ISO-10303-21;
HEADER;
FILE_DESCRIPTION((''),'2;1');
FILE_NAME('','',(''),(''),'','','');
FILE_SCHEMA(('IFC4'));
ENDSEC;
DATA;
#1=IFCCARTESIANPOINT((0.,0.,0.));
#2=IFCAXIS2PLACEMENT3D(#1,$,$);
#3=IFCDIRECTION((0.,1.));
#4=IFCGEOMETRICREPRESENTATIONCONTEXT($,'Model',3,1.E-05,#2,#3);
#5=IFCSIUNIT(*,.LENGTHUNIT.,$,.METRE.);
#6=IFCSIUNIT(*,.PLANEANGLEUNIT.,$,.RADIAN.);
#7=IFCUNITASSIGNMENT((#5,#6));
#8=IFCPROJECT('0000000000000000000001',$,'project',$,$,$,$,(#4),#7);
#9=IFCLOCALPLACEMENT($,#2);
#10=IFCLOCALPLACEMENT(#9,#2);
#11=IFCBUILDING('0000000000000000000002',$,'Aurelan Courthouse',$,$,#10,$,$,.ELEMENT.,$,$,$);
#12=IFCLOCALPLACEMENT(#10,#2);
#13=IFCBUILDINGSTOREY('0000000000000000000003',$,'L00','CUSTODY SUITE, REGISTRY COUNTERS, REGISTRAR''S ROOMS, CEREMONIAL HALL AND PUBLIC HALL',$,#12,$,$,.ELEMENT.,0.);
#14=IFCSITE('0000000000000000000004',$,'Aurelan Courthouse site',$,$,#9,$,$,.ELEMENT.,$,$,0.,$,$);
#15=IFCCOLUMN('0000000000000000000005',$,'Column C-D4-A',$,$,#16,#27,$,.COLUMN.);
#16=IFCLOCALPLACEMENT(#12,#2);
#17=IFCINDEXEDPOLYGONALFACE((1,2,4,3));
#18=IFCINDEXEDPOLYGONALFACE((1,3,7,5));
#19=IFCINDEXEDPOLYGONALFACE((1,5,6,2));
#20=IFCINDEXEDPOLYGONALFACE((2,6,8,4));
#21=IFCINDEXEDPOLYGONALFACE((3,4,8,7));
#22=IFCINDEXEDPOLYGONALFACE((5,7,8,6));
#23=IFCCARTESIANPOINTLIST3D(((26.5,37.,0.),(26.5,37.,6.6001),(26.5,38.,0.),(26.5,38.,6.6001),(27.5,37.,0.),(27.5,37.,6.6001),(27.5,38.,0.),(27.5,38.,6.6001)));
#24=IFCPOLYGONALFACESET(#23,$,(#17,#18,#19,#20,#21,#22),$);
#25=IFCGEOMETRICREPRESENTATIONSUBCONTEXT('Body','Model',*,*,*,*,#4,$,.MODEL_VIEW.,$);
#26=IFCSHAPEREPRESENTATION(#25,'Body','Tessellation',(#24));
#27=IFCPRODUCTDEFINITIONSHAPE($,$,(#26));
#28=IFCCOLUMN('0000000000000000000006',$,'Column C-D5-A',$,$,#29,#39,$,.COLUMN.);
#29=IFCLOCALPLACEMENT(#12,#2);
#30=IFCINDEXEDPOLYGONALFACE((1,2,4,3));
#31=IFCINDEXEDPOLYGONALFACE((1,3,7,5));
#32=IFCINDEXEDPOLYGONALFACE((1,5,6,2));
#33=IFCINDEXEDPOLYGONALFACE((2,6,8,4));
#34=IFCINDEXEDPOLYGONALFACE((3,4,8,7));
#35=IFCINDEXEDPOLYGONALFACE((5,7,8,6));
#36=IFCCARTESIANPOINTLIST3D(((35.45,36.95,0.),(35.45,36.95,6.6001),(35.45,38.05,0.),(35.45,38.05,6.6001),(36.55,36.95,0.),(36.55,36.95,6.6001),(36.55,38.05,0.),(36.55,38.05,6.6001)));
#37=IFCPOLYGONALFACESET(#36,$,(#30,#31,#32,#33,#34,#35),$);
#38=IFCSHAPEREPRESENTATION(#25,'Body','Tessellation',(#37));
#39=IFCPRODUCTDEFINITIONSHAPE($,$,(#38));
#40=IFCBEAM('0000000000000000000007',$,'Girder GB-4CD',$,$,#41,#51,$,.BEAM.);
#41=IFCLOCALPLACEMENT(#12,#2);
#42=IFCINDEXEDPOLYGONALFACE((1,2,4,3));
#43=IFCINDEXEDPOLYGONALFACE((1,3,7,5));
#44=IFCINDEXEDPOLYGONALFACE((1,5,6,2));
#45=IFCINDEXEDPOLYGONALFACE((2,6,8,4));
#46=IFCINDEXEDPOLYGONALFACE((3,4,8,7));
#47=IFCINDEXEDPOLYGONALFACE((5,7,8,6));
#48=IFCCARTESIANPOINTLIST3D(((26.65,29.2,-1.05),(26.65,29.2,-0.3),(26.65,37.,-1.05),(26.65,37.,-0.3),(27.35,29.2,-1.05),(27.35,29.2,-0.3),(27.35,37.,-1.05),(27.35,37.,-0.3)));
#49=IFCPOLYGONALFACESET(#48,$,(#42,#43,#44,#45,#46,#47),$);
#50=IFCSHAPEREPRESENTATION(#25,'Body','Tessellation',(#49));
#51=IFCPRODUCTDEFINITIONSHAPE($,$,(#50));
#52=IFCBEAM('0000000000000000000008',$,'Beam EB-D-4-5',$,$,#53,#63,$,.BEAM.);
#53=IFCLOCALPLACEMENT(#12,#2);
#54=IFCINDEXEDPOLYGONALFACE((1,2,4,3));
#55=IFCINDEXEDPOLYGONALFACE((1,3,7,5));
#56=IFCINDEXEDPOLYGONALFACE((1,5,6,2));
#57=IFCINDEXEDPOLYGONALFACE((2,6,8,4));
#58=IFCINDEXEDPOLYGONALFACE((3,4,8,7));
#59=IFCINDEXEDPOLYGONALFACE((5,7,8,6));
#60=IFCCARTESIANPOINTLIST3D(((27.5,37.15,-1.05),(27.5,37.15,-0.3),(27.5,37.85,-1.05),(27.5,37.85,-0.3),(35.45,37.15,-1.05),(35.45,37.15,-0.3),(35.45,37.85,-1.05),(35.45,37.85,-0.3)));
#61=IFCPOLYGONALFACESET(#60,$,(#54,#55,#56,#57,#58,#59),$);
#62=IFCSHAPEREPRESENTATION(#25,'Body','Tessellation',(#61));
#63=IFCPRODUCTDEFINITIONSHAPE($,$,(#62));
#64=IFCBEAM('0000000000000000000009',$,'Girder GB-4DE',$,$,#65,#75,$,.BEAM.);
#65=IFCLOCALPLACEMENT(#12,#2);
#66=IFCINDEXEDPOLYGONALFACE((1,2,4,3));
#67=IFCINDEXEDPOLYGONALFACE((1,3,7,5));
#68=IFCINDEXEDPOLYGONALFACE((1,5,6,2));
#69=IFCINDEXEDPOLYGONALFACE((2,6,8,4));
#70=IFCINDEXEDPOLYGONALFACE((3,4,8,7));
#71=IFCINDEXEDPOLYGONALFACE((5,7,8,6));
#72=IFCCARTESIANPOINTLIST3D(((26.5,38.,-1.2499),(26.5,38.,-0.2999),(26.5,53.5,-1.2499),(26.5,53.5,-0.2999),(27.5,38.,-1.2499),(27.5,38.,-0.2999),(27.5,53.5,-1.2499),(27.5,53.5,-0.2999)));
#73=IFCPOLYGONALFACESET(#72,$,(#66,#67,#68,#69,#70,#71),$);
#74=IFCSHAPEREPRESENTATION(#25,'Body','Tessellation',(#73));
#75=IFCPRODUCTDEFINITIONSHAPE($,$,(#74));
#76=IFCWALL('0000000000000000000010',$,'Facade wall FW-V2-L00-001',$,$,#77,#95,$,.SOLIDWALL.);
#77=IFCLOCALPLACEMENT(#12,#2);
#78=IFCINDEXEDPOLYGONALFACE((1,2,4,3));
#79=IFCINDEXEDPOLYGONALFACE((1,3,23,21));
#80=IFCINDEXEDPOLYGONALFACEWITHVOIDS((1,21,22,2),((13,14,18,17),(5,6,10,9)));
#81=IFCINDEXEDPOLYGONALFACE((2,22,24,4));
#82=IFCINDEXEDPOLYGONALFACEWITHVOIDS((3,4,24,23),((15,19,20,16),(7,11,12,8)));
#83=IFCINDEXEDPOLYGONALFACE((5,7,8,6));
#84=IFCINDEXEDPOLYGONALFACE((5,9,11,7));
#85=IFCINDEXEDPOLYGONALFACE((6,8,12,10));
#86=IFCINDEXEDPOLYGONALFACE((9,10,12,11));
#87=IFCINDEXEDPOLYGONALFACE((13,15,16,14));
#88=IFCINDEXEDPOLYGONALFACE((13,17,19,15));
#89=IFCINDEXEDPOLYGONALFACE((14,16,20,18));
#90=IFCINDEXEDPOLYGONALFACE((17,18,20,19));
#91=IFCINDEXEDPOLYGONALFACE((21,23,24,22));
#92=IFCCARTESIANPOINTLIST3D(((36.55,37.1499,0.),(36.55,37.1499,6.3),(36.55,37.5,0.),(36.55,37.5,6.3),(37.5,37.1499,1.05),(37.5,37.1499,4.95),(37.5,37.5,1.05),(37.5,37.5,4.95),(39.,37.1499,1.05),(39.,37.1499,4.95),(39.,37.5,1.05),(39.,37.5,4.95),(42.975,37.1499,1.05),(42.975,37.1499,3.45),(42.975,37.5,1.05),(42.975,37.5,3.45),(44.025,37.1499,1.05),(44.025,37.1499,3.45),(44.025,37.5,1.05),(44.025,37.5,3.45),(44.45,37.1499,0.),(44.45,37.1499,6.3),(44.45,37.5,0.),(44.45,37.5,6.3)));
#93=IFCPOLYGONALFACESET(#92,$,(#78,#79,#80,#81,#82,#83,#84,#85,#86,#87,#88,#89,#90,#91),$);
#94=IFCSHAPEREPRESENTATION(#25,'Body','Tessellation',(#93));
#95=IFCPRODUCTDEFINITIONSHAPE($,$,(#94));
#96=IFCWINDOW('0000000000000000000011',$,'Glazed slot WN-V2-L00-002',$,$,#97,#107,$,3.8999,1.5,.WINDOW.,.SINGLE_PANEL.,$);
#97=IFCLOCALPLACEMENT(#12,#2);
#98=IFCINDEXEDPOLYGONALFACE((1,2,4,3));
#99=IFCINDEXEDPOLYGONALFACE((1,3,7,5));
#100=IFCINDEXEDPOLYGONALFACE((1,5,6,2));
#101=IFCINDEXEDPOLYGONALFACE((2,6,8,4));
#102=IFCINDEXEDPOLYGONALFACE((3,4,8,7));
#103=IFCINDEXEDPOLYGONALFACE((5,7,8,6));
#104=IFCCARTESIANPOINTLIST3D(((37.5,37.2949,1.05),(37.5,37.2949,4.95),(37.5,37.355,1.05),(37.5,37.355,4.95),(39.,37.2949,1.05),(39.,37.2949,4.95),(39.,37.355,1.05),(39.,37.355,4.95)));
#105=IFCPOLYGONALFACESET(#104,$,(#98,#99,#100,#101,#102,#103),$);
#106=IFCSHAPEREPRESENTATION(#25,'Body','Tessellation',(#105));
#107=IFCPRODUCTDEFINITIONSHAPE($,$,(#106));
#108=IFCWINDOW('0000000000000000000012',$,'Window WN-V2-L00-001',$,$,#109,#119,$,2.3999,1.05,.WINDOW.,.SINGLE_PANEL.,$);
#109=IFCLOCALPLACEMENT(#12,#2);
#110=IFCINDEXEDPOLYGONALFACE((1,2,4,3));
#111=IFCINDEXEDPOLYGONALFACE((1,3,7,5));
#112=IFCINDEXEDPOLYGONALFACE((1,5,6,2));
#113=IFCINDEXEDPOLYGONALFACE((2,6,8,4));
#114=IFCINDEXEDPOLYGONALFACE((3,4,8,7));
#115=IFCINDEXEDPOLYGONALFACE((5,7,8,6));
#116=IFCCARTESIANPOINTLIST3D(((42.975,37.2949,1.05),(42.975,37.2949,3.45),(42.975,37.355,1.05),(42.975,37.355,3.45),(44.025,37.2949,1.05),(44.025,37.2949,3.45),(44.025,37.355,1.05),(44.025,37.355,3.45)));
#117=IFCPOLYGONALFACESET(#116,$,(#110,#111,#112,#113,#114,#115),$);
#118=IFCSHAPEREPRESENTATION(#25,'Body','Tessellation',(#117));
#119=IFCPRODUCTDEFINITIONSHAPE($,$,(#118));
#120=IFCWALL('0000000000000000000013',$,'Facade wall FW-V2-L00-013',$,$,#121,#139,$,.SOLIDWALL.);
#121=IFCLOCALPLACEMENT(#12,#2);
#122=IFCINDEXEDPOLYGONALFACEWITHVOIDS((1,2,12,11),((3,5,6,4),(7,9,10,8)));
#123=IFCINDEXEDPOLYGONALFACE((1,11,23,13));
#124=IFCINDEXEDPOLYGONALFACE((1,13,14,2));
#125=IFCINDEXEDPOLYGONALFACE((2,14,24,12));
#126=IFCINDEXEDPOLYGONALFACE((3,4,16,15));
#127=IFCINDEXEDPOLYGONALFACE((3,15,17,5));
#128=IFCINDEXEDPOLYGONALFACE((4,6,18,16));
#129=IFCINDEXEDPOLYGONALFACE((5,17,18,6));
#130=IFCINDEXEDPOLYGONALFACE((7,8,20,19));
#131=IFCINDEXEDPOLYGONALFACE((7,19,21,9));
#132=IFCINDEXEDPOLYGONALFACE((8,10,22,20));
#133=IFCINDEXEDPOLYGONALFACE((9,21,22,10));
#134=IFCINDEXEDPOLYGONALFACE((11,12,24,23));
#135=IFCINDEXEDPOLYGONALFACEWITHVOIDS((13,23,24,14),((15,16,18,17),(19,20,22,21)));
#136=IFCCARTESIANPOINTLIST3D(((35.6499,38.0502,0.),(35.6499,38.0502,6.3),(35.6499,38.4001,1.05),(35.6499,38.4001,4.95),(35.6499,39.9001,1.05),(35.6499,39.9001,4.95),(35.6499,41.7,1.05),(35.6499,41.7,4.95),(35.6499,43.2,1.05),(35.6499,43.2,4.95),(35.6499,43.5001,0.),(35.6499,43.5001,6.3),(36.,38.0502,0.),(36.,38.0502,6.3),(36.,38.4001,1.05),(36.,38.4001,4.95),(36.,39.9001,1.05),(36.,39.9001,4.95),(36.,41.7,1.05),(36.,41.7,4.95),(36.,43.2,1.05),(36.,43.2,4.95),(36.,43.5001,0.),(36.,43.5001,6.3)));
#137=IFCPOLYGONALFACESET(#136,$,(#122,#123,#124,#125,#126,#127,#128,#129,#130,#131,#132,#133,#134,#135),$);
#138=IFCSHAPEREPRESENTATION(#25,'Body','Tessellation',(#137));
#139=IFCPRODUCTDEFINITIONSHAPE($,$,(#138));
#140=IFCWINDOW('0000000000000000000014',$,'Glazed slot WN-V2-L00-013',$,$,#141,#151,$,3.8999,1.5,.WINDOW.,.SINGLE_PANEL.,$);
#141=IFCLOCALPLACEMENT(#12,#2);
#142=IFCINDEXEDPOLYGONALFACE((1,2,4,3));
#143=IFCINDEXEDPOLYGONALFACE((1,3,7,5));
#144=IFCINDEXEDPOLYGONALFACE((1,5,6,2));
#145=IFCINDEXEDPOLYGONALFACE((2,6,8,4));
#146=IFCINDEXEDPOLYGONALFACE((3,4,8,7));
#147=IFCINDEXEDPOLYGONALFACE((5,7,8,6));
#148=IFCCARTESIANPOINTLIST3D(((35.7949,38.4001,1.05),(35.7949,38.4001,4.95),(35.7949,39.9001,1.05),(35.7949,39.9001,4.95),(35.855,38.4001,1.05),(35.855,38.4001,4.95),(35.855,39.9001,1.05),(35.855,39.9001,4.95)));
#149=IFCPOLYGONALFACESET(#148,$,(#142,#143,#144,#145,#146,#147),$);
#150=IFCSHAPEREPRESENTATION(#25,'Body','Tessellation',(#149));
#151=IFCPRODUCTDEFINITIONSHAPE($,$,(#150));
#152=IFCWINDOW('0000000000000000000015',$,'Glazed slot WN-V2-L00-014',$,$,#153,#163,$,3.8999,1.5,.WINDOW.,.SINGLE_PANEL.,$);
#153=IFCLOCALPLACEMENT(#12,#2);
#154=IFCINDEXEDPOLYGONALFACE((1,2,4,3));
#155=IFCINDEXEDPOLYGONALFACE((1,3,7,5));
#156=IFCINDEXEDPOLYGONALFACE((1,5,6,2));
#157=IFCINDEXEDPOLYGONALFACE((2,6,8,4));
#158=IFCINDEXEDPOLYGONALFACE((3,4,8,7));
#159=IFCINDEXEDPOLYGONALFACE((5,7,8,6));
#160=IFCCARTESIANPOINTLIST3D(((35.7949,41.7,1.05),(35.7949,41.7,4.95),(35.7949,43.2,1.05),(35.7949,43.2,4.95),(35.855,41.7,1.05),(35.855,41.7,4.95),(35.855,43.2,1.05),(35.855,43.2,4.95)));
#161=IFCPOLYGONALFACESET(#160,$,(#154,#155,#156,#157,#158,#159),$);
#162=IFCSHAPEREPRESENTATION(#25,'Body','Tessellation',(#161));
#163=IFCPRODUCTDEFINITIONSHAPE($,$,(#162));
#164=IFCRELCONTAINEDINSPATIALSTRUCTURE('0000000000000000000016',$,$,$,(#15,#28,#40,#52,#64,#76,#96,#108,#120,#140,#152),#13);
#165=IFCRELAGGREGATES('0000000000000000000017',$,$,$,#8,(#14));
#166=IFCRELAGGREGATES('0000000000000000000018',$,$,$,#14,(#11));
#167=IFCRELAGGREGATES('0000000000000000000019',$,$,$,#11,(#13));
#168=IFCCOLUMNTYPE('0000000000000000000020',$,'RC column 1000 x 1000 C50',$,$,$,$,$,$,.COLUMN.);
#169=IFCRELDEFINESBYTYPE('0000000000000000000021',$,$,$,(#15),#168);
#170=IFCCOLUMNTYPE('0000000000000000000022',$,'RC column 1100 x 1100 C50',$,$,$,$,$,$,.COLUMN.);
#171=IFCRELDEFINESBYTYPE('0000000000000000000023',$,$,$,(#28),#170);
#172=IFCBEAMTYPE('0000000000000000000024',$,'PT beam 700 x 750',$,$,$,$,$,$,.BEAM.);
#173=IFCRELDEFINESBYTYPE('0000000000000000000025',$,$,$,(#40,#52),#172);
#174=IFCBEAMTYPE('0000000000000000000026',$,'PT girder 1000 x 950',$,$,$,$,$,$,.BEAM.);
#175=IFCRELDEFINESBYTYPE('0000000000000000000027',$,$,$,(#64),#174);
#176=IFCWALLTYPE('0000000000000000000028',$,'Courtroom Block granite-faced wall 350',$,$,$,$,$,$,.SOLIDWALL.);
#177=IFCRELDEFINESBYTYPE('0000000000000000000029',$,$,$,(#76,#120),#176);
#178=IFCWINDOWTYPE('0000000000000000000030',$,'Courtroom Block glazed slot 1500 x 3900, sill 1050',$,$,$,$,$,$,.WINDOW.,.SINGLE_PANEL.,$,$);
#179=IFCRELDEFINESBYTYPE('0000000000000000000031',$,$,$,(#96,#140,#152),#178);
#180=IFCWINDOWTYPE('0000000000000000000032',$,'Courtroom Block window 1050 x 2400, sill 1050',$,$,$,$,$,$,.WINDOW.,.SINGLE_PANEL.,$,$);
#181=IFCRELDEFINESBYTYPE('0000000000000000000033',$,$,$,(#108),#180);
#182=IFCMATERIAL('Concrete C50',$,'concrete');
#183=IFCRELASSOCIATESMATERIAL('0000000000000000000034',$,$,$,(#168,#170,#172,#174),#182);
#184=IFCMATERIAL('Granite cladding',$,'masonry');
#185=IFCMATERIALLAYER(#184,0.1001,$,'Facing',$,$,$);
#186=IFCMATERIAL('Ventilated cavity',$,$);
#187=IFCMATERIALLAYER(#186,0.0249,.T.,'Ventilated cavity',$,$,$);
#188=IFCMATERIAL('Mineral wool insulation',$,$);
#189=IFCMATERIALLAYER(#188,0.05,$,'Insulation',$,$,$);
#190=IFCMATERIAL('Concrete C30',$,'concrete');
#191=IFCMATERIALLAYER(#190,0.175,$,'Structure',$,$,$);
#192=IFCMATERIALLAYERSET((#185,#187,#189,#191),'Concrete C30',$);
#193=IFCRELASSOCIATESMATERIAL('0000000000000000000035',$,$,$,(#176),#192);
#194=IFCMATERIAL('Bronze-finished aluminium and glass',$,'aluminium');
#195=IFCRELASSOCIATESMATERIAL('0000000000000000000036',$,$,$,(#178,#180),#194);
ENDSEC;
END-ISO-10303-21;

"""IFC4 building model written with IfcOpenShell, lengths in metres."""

from ifc_helpers import new_model, si_unit, direction, frame, frame_2d, origin, origin_2d, place, context, subcontext, project, spatial, rectangle, extrude, material, layer, layer_set, material_profile, profile_set, type_object, element, fill, save


model = new_model("IFC4")

# Units and contexts
model_context = context("Model", 3, precision=1e-05, world=origin(), true_north=direction((0.0, 1.0)))
body_context = subcontext(model_context, "Body", "Model", "MODEL_VIEW")
ifc_project = project(units=[si_unit("LENGTHUNIT", "METRE"), si_unit("PLANEANGLEUNIT", "RADIAN")], contexts=[model_context])

# Site, building, storey
site_placement = place(None, origin())
site = spatial("IfcSite", under=ifc_project, at=site_placement, Name="Aurelan Courthouse site", CompositionType="ELEMENT", RefElevation=0.0)
building_placement = place(site_placement, origin())
building = spatial("IfcBuilding", under=site, at=building_placement, Name="Aurelan Courthouse", CompositionType="ELEMENT")
storey_placement = place(building_placement, origin())
storey = spatial("IfcBuildingStorey", under=building, at=storey_placement, Name="L00", Description="CUSTODY SUITE, REGISTRY COUNTERS, REGISTRAR'S ROOMS, CEREMONIAL HALL AND PUBLIC HALL", CompositionType="ELEMENT", Elevation=0.0)

# Columns
ifc_material_1 = material(Name="Concrete C50", Category="concrete")
ifc_material_profile_1 = material_profile(ifc_material_1, rectangle(XDim=1.0, YDim=1.0, at=origin_2d()), Name="RC 1000 x 1000")
ifc_profile_set_1 = profile_set([ifc_material_profile_1], Name="Concrete C50")
column_type_1 = type_object("IfcColumnType", Name="RC column 1000 x 1000 C50", PredefinedType="COLUMN", material=ifc_profile_set_1)
column_1_placement = place(storey_placement, frame((27.0, 37.5, 0.0), z_axis=(0.0, 0.0, 1.0), x_axis=(1.0, 0.0, 0.0)))
element("IfcColumn", 1, at=column_1_placement, inside=storey, type_object=column_type_1, Name="Column C-D4-A", PredefinedType="COLUMN", context=body_context, shape_type="SweptSolid", body=[
    extrude(rectangle(XDim=1.0, YDim=1.0, at=origin_2d()), origin(), (0.0, 0.0, 1.0), 6.6001),
])
ifc_material_profile_2 = material_profile(ifc_material_1, rectangle(XDim=1.1001, YDim=1.1001, at=origin_2d()), Name="RC 1100 x 1100")
ifc_profile_set_2 = profile_set([ifc_material_profile_2], Name="Concrete C50")
column_type_2 = type_object("IfcColumnType", Name="RC column 1100 x 1100 C50", PredefinedType="COLUMN", material=ifc_profile_set_2)
column_2_placement = place(storey_placement, frame((36.0, 37.5, 0.0), z_axis=(0.0, 0.0, 1.0), x_axis=(1.0, 0.0, 0.0)))
element("IfcColumn", 2, at=column_2_placement, inside=storey, type_object=column_type_2, Name="Column C-D5-A", PredefinedType="COLUMN", context=body_context, shape_type="SweptSolid", body=[
    extrude(rectangle(XDim=1.1001, YDim=1.1001, at=origin_2d()), origin(), (0.0, 0.0, 1.0), 6.6001),
])

# Beams
ifc_material_profile_3 = material_profile(ifc_material_1, rectangle(XDim=0.7, YDim=0.75, at=origin_2d()), Name="RC 700 x 750")
ifc_profile_set_3 = profile_set([ifc_material_profile_3], Name="Concrete C50")
beam_type_1 = type_object("IfcBeamType", Name="PT beam 700 x 750", PredefinedType="BEAM", material=ifc_profile_set_3)
beam_1_placement = place(storey_placement, frame((27.0, 29.2, -0.675), z_axis=(0.0, 1.0, 0.0), x_axis=(-1.0, 0.0, 0.0)))
element("IfcBeam", 3, at=beam_1_placement, inside=storey, type_object=beam_type_1, Name="Girder GB-4CD", PredefinedType="BEAM", context=body_context, shape_type="SweptSolid", body=[
    extrude(rectangle(XDim=0.7, YDim=0.75, at=origin_2d()), origin(), (0.0, 0.0, 1.0), 7.8),
])
beam_2_placement = place(storey_placement, frame((27.5, 37.5, -0.675), z_axis=(1.0, 0.0, 0.0), x_axis=(0.0, 1.0, 0.0)))
element("IfcBeam", 4, at=beam_2_placement, inside=storey, type_object=beam_type_1, Name="Beam EB-D-4-5", PredefinedType="BEAM", context=body_context, shape_type="SweptSolid", body=[
    extrude(rectangle(XDim=0.7, YDim=0.75, at=origin_2d()), origin(), (0.0, 0.0, 1.0), 7.95),
])
ifc_material_profile_4 = material_profile(ifc_material_1, rectangle(XDim=1.0, YDim=0.95, at=origin_2d()), Name="RC 1000 x 950")
ifc_profile_set_4 = profile_set([ifc_material_profile_4], Name="Concrete C50")
beam_type_2 = type_object("IfcBeamType", Name="PT girder 1000 x 950", PredefinedType="BEAM", material=ifc_profile_set_4)
beam_3_placement = place(storey_placement, frame((27.0, 38.0, -0.7749), z_axis=(0.0, 1.0, 0.0), x_axis=(-1.0, 0.0, 0.0)))
element("IfcBeam", 5, at=beam_3_placement, inside=storey, type_object=beam_type_2, Name="Girder GB-4DE", PredefinedType="BEAM", context=body_context, shape_type="SweptSolid", body=[
    extrude(rectangle(XDim=1.0, YDim=0.95, at=origin_2d()), origin(), (0.0, 0.0, 1.0), 15.5),
])

# Walls, openings, windows
ifc_material_2 = material(Name="Granite cladding", Category="masonry")
ifc_layer_1 = layer(ifc_material_2, 0.1001, Name="Facing")
ifc_material_3 = material(Name="Ventilated cavity")
ifc_layer_2 = layer(ifc_material_3, 0.0249, ventilated=True, Name="Ventilated cavity")
ifc_material_4 = material(Name="Mineral wool insulation")
ifc_layer_3 = layer(ifc_material_4, 0.05, Name="Insulation")
ifc_material_5 = material(Name="Concrete C30", Category="concrete")
ifc_layer_4 = layer(ifc_material_5, 0.175, Name="Structure")
ifc_layer_set_1 = layer_set([ifc_layer_1, ifc_layer_2, ifc_layer_3, ifc_layer_4], Name="Concrete C30")
wall_type_1 = type_object("IfcWallType", Name="Courtroom Block granite-faced wall 350", PredefinedType="SOLIDWALL", material=ifc_layer_set_1)
wall_1_placement = place(storey_placement, frame((36.55, 37.325, 0.0), z_axis=(0.0, 0.0, 1.0), x_axis=(1.0, 0.0, 0.0)))
wall_1 = element("IfcWall", 6, at=wall_1_placement, inside=storey, type_object=wall_type_1, Name="Facade wall FW-V2-L00-001", PredefinedType="SOLIDWALL", context=body_context, shape_type="SweptSolid", body=[
    extrude(rectangle(XDim=7.8999, YDim=0.3501, at=frame_2d((3.95, 0.0))), origin(), (0.0, 0.0, 1.0), 6.3),
])
opening_1_placement = place(wall_1_placement, frame((6.425, 0.0, 1.05)))
opening_1 = element("IfcOpeningElement", 7, at=opening_1_placement, cuts=wall_1, PredefinedType="OPENING", context=body_context, shape_type="SweptSolid", body=[
    extrude(rectangle(XDim=1.05, YDim=2.3999, at=frame_2d((0.5249, 1.2))), frame((0.0, 0.1851, 0.0), z_axis=(0.0, -1.0, 0.0), x_axis=(1.0, 0.0, 0.0)), (0.0, 0.0, 1.0), 0.3701),
])
opening_2_placement = place(wall_1_placement, frame((0.95, 0.0, 1.05)))
opening_2 = element("IfcOpeningElement", 8, at=opening_2_placement, cuts=wall_1, PredefinedType="OPENING", context=body_context, shape_type="SweptSolid", body=[
    extrude(rectangle(XDim=1.5, YDim=3.8999, at=frame_2d((0.75, 1.95))), frame((0.0, 0.1851, 0.0), z_axis=(0.0, -1.0, 0.0), x_axis=(1.0, 0.0, 0.0)), (0.0, 0.0, 1.0), 0.3701),
])
ifc_material_6 = material(Name="Bronze-finished aluminium and glass", Category="aluminium")
window_type_1 = type_object("IfcWindowType", Name="Courtroom Block glazed slot 1500 x 3900, sill 1050", PartitioningType="SINGLE_PANEL", PredefinedType="WINDOW", material=ifc_material_6)
window_1_placement = place(opening_2_placement, origin())
window_1 = element("IfcWindow", 9, at=window_1_placement, inside=storey, type_object=window_type_1, Name="Glazed slot WN-V2-L00-002", OverallHeight=3.8999, OverallWidth=1.5, PartitioningType="SINGLE_PANEL", PredefinedType="WINDOW", context=body_context, shape_type="SweptSolid", body=[
    extrude(rectangle(XDim=1.5, YDim=3.8999, at=frame_2d((0.75, 1.95))), frame((0.0, 0.03, 0.0), z_axis=(0.0, -1.0, 0.0), x_axis=(1.0, 0.0, 0.0)), (0.0, 0.0, 1.0), 0.0601),
])
fill(opening_2, window_1)
window_type_2 = type_object("IfcWindowType", Name="Courtroom Block window 1050 x 2400, sill 1050", PartitioningType="SINGLE_PANEL", PredefinedType="WINDOW", material=ifc_material_6)
window_2_placement = place(opening_1_placement, origin())
window_2 = element("IfcWindow", 10, at=window_2_placement, inside=storey, type_object=window_type_2, Name="Window WN-V2-L00-001", OverallHeight=2.3999, OverallWidth=1.05, PartitioningType="SINGLE_PANEL", PredefinedType="WINDOW", context=body_context, shape_type="SweptSolid", body=[
    extrude(rectangle(XDim=1.05, YDim=2.3999, at=frame_2d((0.5249, 1.2))), frame((0.0, 0.03, 0.0), z_axis=(0.0, -1.0, 0.0), x_axis=(1.0, 0.0, 0.0)), (0.0, 0.0, 1.0), 0.0601),
])
fill(opening_1, window_2)
wall_2_placement = place(storey_placement, frame((35.825, 38.05, 0.0), z_axis=(0.0, 0.0, 1.0), x_axis=(0.0, 1.0, 0.0)))
wall_2 = element("IfcWall", 11, at=wall_2_placement, inside=storey, type_object=wall_type_1, Name="Facade wall FW-V2-L00-013", PredefinedType="SOLIDWALL", context=body_context, shape_type="SweptSolid", body=[
    extrude(rectangle(XDim=5.45, YDim=0.3501, at=frame_2d((2.7251, 0.0))), origin(), (0.0, 0.0, 1.0), 6.3),
])
opening_3_placement = place(wall_2_placement, frame((0.3501, 0.0, 1.05)))
opening_3 = element("IfcOpeningElement", 12, at=opening_3_placement, cuts=wall_2, PredefinedType="OPENING", context=body_context, shape_type="SweptSolid", body=[
    extrude(rectangle(XDim=1.5, YDim=3.8999, at=frame_2d((0.75, 1.95))), frame((0.0, 0.1851, 0.0), z_axis=(0.0, -1.0, 0.0), x_axis=(1.0, 0.0, 0.0)), (0.0, 0.0, 1.0), 0.3701),
])
opening_4_placement = place(wall_2_placement, frame((3.6499, 0.0, 1.05)))
opening_4 = element("IfcOpeningElement", 13, at=opening_4_placement, cuts=wall_2, PredefinedType="OPENING", context=body_context, shape_type="SweptSolid", body=[
    extrude(rectangle(XDim=1.5, YDim=3.8999, at=frame_2d((0.75, 1.95))), frame((0.0, 0.1851, 0.0), z_axis=(0.0, -1.0, 0.0), x_axis=(1.0, 0.0, 0.0)), (0.0, 0.0, 1.0), 0.3701),
])
window_3_placement = place(opening_3_placement, origin())
window_3 = element("IfcWindow", 14, at=window_3_placement, inside=storey, type_object=window_type_1, Name="Glazed slot WN-V2-L00-013", OverallHeight=3.8999, OverallWidth=1.5, PartitioningType="SINGLE_PANEL", PredefinedType="WINDOW", context=body_context, shape_type="SweptSolid", body=[
    extrude(rectangle(XDim=1.5, YDim=3.8999, at=frame_2d((0.75, 1.95))), frame((0.0, 0.03, 0.0), z_axis=(0.0, -1.0, 0.0), x_axis=(1.0, 0.0, 0.0)), (0.0, 0.0, 1.0), 0.0601),
])
fill(opening_3, window_3)
window_4_placement = place(opening_4_placement, origin())
window_4 = element("IfcWindow", 15, at=window_4_placement, inside=storey, type_object=window_type_1, Name="Glazed slot WN-V2-L00-014", OverallHeight=3.8999, OverallWidth=1.5, PartitioningType="SINGLE_PANEL", PredefinedType="WINDOW", context=body_context, shape_type="SweptSolid", body=[
    extrude(rectangle(XDim=1.5, YDim=3.8999, at=frame_2d((0.75, 1.95))), frame((0.0, 0.03, 0.0), z_axis=(0.0, -1.0, 0.0), x_axis=(1.0, 0.0, 0.0)), (0.0, 0.0, 1.0), 0.0601),
])
fill(opening_4, window_4)

save(model, "model.ifc")
